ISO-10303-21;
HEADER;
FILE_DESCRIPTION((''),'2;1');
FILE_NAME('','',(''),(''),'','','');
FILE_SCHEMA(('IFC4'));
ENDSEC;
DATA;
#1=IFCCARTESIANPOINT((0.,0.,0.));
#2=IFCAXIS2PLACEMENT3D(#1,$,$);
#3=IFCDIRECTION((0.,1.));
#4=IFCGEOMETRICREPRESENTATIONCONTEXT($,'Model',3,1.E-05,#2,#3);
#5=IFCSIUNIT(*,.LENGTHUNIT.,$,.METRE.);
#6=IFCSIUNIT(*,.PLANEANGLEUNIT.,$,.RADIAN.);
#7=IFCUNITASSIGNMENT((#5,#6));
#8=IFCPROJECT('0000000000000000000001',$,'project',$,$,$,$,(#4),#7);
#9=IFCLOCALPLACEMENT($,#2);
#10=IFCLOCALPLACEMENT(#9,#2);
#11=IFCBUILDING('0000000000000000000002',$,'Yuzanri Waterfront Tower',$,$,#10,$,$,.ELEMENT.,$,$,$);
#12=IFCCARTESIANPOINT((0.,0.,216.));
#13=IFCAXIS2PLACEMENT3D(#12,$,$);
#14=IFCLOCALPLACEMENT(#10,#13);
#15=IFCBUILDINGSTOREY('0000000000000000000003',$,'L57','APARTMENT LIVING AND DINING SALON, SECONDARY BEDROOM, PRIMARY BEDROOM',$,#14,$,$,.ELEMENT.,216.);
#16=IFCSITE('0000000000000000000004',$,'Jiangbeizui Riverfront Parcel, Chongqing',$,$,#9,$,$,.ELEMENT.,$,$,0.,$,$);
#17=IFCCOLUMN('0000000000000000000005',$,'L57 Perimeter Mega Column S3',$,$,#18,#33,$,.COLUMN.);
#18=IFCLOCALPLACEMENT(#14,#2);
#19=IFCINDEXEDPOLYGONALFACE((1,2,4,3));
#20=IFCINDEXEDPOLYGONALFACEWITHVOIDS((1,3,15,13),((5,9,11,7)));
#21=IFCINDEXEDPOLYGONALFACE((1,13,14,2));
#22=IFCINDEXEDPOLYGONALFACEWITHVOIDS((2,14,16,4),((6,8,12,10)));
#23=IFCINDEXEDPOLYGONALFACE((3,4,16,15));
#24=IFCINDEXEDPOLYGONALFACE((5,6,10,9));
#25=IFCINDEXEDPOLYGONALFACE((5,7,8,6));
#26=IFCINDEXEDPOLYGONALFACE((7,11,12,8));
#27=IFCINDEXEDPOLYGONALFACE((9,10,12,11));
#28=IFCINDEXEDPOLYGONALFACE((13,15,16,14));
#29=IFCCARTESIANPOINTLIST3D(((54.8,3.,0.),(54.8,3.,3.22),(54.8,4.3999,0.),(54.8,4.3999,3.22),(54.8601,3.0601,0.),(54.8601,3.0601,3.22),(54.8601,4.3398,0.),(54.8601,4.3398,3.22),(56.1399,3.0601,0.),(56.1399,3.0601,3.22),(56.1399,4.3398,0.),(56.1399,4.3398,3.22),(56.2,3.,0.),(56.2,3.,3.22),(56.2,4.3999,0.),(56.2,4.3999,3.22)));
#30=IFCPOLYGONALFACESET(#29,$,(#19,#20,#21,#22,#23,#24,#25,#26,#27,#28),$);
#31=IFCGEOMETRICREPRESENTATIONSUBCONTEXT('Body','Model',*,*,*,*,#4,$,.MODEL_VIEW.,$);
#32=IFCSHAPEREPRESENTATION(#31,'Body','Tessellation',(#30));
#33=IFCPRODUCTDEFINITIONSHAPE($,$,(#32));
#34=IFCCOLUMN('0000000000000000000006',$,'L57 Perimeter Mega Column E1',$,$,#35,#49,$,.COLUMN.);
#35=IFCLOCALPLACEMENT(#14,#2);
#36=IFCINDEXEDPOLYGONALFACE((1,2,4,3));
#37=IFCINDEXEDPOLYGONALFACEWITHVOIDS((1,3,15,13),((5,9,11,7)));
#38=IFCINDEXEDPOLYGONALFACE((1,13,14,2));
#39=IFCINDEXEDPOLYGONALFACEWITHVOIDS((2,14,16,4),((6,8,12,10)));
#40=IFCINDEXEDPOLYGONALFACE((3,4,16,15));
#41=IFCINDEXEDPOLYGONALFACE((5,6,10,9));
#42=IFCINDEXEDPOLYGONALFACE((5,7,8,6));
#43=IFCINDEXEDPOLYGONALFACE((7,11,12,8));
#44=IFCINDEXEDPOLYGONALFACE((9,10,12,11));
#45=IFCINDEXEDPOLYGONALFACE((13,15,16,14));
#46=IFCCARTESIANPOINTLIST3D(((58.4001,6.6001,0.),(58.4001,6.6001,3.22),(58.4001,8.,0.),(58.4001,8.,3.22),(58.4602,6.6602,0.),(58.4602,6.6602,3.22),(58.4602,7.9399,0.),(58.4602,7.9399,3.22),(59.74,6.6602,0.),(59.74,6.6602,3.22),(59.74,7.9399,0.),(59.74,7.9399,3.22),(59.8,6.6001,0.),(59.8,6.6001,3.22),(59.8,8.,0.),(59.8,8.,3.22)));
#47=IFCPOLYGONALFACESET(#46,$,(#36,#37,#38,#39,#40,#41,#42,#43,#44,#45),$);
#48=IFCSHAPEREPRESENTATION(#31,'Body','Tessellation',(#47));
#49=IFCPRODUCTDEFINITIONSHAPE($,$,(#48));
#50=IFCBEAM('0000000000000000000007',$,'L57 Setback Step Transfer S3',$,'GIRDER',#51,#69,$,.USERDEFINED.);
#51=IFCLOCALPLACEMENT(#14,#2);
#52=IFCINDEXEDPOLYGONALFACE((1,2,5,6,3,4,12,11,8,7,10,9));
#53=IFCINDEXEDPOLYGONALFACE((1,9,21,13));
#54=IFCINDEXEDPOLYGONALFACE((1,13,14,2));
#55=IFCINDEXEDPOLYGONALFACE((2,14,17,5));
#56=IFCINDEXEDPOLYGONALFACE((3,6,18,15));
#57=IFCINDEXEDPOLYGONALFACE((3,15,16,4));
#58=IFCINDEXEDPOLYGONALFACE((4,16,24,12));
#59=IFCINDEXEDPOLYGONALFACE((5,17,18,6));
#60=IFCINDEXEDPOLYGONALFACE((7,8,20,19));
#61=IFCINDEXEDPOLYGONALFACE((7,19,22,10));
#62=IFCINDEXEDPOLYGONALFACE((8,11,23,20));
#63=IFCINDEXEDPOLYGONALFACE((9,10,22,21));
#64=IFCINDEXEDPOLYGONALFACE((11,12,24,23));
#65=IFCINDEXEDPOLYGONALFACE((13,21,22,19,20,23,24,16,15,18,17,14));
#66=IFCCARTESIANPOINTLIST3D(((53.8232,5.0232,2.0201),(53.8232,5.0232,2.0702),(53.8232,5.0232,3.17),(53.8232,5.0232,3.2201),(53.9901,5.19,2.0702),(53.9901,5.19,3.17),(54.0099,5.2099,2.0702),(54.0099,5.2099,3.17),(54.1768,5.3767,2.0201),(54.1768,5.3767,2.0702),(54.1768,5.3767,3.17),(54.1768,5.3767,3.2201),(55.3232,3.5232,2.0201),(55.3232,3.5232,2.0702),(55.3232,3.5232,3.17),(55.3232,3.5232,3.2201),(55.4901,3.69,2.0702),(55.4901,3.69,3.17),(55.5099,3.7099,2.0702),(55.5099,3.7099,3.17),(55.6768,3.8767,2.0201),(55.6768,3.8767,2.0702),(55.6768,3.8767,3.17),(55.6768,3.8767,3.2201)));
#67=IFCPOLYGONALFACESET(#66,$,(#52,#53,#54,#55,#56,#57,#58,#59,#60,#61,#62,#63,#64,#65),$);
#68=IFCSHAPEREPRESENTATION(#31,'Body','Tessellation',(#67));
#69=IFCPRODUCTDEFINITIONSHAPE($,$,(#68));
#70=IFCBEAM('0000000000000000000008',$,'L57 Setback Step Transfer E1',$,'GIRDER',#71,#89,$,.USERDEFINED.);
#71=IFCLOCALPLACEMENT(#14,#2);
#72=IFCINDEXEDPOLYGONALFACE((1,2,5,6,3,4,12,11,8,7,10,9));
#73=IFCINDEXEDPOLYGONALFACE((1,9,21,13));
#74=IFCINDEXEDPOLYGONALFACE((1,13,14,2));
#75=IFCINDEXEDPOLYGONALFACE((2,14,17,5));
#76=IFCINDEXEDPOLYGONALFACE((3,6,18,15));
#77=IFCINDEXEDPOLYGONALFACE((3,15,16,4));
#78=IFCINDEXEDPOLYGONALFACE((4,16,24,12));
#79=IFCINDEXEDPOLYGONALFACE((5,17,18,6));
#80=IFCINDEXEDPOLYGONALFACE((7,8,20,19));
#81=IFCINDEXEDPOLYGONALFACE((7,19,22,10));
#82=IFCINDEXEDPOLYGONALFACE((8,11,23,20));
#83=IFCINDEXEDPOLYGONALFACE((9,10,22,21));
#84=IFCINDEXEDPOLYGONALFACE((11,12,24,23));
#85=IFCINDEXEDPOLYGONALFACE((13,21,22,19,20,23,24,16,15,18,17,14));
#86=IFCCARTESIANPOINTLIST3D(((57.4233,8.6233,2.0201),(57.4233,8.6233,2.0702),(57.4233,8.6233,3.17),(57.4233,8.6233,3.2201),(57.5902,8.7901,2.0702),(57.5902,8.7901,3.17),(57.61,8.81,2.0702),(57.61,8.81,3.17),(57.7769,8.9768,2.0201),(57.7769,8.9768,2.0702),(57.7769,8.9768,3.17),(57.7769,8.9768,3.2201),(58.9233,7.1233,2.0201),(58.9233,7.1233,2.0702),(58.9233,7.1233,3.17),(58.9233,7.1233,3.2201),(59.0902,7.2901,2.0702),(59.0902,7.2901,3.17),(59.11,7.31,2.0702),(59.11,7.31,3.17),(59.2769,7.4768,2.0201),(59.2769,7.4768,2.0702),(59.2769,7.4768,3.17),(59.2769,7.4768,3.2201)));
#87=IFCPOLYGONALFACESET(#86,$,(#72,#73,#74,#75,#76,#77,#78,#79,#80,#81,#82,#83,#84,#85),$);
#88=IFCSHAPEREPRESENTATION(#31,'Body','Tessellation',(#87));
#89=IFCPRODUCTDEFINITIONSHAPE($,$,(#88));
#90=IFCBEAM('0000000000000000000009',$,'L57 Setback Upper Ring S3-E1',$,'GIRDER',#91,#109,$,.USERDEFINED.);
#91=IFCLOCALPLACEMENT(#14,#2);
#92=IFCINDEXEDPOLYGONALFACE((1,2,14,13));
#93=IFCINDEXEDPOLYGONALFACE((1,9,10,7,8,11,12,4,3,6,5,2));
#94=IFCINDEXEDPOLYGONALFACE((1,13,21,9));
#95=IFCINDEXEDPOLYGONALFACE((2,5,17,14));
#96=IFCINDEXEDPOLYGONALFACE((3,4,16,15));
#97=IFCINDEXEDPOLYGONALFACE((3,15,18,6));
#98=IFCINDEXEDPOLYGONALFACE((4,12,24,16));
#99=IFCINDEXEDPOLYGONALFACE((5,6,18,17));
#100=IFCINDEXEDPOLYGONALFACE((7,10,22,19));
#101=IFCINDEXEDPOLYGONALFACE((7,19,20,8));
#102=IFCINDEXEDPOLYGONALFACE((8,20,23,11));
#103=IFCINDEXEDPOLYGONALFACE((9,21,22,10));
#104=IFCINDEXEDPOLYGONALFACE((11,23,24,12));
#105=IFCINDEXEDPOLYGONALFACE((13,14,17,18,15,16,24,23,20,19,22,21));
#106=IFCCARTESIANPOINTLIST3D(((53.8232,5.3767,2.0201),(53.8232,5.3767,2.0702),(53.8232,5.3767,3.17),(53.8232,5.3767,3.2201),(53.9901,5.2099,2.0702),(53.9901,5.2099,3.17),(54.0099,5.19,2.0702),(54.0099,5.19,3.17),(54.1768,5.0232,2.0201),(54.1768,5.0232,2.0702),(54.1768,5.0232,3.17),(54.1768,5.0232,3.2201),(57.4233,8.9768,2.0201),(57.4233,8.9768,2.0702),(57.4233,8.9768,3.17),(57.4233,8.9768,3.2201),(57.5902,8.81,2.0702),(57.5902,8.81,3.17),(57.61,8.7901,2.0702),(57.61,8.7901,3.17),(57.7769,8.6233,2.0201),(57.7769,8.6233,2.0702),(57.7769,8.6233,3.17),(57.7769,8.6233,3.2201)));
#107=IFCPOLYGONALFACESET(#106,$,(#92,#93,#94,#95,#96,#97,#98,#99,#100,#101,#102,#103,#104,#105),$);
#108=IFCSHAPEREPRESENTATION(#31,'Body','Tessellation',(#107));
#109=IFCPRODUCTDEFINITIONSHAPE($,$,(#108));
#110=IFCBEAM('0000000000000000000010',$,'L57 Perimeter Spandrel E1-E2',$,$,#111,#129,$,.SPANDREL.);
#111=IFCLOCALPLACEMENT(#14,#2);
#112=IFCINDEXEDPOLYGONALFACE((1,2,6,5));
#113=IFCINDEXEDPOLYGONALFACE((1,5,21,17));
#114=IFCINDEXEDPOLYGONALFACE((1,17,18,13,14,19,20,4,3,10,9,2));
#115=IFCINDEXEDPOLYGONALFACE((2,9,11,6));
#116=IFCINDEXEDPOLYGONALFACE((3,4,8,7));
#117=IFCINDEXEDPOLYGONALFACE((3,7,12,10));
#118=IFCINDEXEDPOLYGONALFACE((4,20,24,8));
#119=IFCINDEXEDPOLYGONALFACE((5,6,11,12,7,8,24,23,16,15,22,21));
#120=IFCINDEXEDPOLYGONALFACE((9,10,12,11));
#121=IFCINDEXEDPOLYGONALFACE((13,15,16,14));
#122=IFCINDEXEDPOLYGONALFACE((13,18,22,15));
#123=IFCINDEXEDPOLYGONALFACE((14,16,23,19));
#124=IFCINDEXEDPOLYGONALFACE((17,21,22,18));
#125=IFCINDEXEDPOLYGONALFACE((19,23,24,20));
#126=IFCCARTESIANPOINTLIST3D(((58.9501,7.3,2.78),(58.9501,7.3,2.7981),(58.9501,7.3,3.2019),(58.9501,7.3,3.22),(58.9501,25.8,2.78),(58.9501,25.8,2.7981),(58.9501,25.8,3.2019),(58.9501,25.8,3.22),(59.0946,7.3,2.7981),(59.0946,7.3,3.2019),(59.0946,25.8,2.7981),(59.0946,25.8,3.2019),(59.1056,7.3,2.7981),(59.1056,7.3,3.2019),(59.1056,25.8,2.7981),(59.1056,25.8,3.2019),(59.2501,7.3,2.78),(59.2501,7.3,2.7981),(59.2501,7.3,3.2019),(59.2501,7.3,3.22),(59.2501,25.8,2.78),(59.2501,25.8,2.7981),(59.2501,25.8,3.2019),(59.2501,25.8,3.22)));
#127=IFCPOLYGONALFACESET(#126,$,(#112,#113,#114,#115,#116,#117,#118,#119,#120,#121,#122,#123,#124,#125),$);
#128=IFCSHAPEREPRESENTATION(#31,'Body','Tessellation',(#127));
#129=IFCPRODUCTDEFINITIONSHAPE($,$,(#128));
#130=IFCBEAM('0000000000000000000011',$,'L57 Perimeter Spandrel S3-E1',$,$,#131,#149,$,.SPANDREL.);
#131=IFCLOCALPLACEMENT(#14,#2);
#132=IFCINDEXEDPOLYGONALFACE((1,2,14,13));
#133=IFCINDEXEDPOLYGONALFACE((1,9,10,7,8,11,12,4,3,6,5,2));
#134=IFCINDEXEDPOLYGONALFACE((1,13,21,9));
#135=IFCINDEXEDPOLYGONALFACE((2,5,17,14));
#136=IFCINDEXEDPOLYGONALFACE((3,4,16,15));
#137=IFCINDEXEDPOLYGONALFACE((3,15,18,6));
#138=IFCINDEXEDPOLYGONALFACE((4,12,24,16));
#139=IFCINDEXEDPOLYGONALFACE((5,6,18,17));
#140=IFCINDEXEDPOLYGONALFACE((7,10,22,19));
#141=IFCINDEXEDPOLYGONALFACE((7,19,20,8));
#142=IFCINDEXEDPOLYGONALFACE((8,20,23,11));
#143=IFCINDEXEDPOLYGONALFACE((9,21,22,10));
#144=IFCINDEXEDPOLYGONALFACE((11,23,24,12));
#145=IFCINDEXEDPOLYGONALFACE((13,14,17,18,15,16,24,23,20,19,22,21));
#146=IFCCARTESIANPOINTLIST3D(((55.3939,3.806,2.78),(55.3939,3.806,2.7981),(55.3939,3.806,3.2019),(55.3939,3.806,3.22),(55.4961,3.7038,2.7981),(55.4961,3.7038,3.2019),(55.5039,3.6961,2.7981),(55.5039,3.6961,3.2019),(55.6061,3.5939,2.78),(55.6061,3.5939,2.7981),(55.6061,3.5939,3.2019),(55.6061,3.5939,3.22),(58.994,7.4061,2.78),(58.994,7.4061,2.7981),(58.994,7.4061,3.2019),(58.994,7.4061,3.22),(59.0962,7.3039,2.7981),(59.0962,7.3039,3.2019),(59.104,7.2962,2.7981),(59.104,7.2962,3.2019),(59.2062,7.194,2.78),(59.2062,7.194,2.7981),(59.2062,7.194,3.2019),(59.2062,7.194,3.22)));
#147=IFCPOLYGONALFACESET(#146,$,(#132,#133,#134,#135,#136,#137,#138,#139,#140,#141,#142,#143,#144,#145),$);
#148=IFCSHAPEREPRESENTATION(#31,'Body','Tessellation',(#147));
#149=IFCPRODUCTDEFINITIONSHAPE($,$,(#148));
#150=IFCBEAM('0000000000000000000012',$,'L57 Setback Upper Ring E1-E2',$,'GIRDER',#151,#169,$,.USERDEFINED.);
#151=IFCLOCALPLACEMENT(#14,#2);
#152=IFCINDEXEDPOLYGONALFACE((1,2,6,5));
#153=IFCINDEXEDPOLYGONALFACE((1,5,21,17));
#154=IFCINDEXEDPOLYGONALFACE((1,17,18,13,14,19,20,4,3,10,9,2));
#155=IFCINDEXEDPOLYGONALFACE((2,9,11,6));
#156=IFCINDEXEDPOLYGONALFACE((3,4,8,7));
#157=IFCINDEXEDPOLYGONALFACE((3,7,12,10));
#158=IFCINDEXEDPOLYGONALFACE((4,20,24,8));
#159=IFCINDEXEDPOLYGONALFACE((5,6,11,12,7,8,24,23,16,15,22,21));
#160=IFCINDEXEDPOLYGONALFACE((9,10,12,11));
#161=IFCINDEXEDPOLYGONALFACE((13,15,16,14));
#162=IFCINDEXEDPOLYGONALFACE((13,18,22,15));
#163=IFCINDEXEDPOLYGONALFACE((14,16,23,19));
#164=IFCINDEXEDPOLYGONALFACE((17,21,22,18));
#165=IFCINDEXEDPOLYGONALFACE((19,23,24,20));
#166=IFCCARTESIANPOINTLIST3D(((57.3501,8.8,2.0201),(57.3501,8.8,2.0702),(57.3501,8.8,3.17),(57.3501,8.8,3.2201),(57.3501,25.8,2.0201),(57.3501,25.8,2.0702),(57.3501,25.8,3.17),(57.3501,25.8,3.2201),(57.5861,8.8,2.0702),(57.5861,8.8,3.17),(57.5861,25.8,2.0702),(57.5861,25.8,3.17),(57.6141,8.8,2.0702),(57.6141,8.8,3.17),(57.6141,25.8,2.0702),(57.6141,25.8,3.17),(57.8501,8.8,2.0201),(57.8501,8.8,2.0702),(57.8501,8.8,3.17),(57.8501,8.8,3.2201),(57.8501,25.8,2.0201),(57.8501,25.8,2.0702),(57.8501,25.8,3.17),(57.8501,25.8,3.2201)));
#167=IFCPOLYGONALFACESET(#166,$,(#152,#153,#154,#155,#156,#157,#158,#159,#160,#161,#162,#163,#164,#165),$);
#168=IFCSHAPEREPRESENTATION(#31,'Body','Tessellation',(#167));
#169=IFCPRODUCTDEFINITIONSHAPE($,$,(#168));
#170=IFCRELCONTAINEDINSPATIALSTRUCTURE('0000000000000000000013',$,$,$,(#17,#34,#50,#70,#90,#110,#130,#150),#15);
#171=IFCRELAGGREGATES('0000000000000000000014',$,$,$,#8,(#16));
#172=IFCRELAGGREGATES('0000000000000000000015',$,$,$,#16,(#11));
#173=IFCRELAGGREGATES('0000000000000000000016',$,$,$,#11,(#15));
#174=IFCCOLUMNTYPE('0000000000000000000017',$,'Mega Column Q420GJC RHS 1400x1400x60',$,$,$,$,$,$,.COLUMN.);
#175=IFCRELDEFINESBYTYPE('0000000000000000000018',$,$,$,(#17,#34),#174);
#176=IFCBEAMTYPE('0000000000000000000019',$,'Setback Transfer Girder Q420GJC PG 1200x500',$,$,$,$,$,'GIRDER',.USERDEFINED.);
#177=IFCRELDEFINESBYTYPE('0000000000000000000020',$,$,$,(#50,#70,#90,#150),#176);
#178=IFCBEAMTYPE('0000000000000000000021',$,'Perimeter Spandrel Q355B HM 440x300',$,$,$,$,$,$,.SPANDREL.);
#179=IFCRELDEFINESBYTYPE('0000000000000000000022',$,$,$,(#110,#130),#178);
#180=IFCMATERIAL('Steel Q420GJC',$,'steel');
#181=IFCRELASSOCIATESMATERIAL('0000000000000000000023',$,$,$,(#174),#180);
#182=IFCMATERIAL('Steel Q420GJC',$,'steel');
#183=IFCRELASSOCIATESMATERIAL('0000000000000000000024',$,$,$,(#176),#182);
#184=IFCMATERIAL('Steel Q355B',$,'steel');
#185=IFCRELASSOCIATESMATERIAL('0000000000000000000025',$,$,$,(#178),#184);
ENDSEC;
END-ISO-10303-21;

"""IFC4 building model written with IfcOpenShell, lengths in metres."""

from ifc_helpers import new_model, si_unit, direction, frame, origin, origin_2d, place, context, subcontext, project, spatial, hollow_rectangle, i_section, extrude, source, transform, mapped, material, material_profile, profile_set, type_object, element, save


model = new_model("IFC4")

# Units and contexts
model_context = context("Model", 3, precision=1e-05, world=origin(), true_north=direction((0.0, 1.0)))
body_context = subcontext(model_context, "Body", "Model", "MODEL_VIEW")
ifc_project = project(units=[si_unit("LENGTHUNIT", "METRE"), si_unit("PLANEANGLEUNIT", "RADIAN")], contexts=[model_context])

# Site, building, storey
site_placement = place(None, origin())
site = spatial("IfcSite", under=ifc_project, at=site_placement, Name="Jiangbeizui Riverfront Parcel, Chongqing", CompositionType="ELEMENT", RefElevation=0.0)
building_placement = place(site_placement, origin())
building = spatial("IfcBuilding", under=site, at=building_placement, Name="Yuzanri Waterfront Tower", CompositionType="ELEMENT")
storey_placement = place(building_placement, frame((0.0, 0.0, 216.0)))
storey = spatial("IfcBuildingStorey", under=building, at=storey_placement, Name="L57", Description="APARTMENT LIVING AND DINING SALON, SECONDARY BEDROOM, PRIMARY BEDROOM", CompositionType="ELEMENT", Elevation=216.0)

# Columns
ifc_material_1 = material(Name="Steel Q420GJC", Category="steel")
ifc_material_profile_1 = material_profile(ifc_material_1, hollow_rectangle(XDim=1.3999, YDim=1.3999, WallThickness=0.0601, at=origin_2d()), Name="RHS 1400x1400x60")
ifc_profile_set_1 = profile_set([ifc_material_profile_1], Name="Steel Q420GJC")
column_type = type_object("IfcColumnType", Name="Mega Column Q420GJC RHS 1400x1400x60", PredefinedType="COLUMN", material=ifc_profile_set_1)
shared_shape_1 = source(origin(), body_context, "Body", "SweptSolid", [
    extrude(hollow_rectangle(XDim=1.3999, YDim=1.3999, WallThickness=0.0601, at=origin_2d()), origin(), (0.0, 0.0, 1.0), 3.22),
])
for number, where, z_axis, x_axis, name in (
    (1, (55.5, 3.7, 0.0), (0.0, 0.0, 1.0), (1.0, 0.0, 0.0), "L57 Perimeter Mega Column S3"),
    (2, (59.1001, 7.3, 0.0), (0.0, 0.0, 1.0), (1.0, 0.0, 0.0), "L57 Perimeter Mega Column E1"),
):
    element("IfcColumn", number, at=place(storey_placement, frame(where, z_axis=z_axis, x_axis=x_axis)), inside=storey, type_object=column_type, Name=name, PredefinedType="COLUMN", context=body_context, shape_type="MappedRepresentation", body=[
        mapped(shared_shape_1, transform((0.0, 0.0, 0.0), scale=1.0)),
    ])

# Beams
ifc_material_2 = material(Name="Steel Q420GJC", Category="steel")
ifc_material_profile_2 = material_profile(ifc_material_2, i_section(OverallWidth=0.5, OverallDepth=1.2, WebThickness=0.0281, FlangeThickness=0.05, at=origin_2d()), Name="PG 1200x500x28x50")
ifc_profile_set_2 = profile_set([ifc_material_profile_2], Name="Steel Q420GJC")
beam_type_1 = type_object("IfcBeamType", Name="Setback Transfer Girder Q420GJC PG 1200x500", ElementType="GIRDER", PredefinedType="USERDEFINED", material=ifc_profile_set_2)
shared_shape_2 = source(origin(), body_context, "Body", "SweptSolid", [
    extrude(i_section(OverallWidth=0.5, OverallDepth=1.2, WebThickness=0.0281, FlangeThickness=0.05, at=origin_2d()), origin(), (0.0, 0.0, 1.0), 2.1213),
])
for number, where, z_axis, x_axis, name in (
    (3, (54.0, 5.2, 2.6201), (0.707107, -0.707107, 0.0), (0.707107, 0.707107, 0.0), "L57 Setback Step Transfer S3"),
    (4, (57.6001, 8.8, 2.6201), (0.707107, -0.707107, 0.0), (0.707107, 0.707107, 0.0), "L57 Setback Step Transfer E1"),
):
    element("IfcBeam", number, at=place(storey_placement, frame(where, z_axis=z_axis, x_axis=x_axis)), inside=storey, type_object=beam_type_1, Name=name, ObjectType="GIRDER", PredefinedType="USERDEFINED", context=body_context, shape_type="MappedRepresentation", body=[
        mapped(shared_shape_2, transform((0.0, 0.0, 0.0), scale=1.0)),
    ])
shared_shape_3 = source(origin(), body_context, "Body", "SweptSolid", [
    extrude(i_section(OverallWidth=0.5, OverallDepth=1.2, WebThickness=0.0281, FlangeThickness=0.05, at=origin_2d()), origin(), (0.0, 0.0, 1.0), 5.0913),
])
beam_1_placement = place(storey_placement, frame((54.0, 5.2, 2.6201), z_axis=(0.707107, 0.707107, 0.0), x_axis=(-0.707107, 0.707107, 0.0)))
element("IfcBeam", 5, at=beam_1_placement, inside=storey, type_object=beam_type_1, Name="L57 Setback Upper Ring S3-E1", ObjectType="GIRDER", PredefinedType="USERDEFINED", context=body_context, shape_type="MappedRepresentation", body=[
    mapped(shared_shape_3, transform((0.0, 0.0, 0.0), scale=1.0)),
])
ifc_material_3 = material(Name="Steel Q355B", Category="steel")
ifc_material_profile_3 = material_profile(ifc_material_3, i_section(OverallWidth=0.3, OverallDepth=0.4399, WebThickness=0.011, FlangeThickness=0.0181, at=origin_2d()), Name="HM 440x300x11x18")
ifc_profile_set_3 = profile_set([ifc_material_profile_3], Name="Steel Q355B")
beam_type_2 = type_object("IfcBeamType", Name="Perimeter Spandrel Q355B HM 440x300", PredefinedType="SPANDREL", material=ifc_profile_set_3)
shared_shape_4 = source(origin(), body_context, "Body", "SweptSolid", [
    extrude(i_section(OverallWidth=0.3, OverallDepth=0.4399, WebThickness=0.011, FlangeThickness=0.0181, at=origin_2d()), origin(), (0.0, 0.0, 1.0), 18.5),
])
beam_2_placement = place(storey_placement, frame((59.1001, 7.3, 3.0), z_axis=(0.0, 1.0, 0.0), x_axis=(-1.0, 0.0, 0.0)))
element("IfcBeam", 6, at=beam_2_placement, inside=storey, type_object=beam_type_2, Name="L57 Perimeter Spandrel E1-E2", PredefinedType="SPANDREL", context=body_context, shape_type="MappedRepresentation", body=[
    mapped(shared_shape_4, transform((0.0, 0.0, 0.0), scale=1.0)),
])
shared_shape_5 = source(origin(), body_context, "Body", "SweptSolid", [
    extrude(i_section(OverallWidth=0.3, OverallDepth=0.4399, WebThickness=0.011, FlangeThickness=0.0181, at=origin_2d()), origin(), (0.0, 0.0, 1.0), 5.0913),
])
beam_3_placement = place(storey_placement, frame((55.5, 3.7, 3.0), z_axis=(0.707107, 0.707107, 0.0), x_axis=(-0.707107, 0.707107, 0.0)))
element("IfcBeam", 7, at=beam_3_placement, inside=storey, type_object=beam_type_2, Name="L57 Perimeter Spandrel S3-E1", PredefinedType="SPANDREL", context=body_context, shape_type="MappedRepresentation", body=[
    mapped(shared_shape_5, transform((0.0, 0.0, 0.0), scale=1.0)),
])
shared_shape_6 = source(origin(), body_context, "Body", "SweptSolid", [
    extrude(i_section(OverallWidth=0.5, OverallDepth=1.2, WebThickness=0.0281, FlangeThickness=0.05, at=origin_2d()), origin(), (0.0, 0.0, 1.0), 17.0),
])
beam_4_placement = place(storey_placement, frame((57.6001, 8.8, 2.6201), z_axis=(0.0, 1.0, 0.0), x_axis=(-1.0, 0.0, 0.0)))
element("IfcBeam", 8, at=beam_4_placement, inside=storey, type_object=beam_type_1, Name="L57 Setback Upper Ring E1-E2", ObjectType="GIRDER", PredefinedType="USERDEFINED", context=body_context, shape_type="MappedRepresentation", body=[
    mapped(shared_shape_6, transform((0.0, 0.0, 0.0), scale=1.0)),
])

save(model, "model.ifc")
